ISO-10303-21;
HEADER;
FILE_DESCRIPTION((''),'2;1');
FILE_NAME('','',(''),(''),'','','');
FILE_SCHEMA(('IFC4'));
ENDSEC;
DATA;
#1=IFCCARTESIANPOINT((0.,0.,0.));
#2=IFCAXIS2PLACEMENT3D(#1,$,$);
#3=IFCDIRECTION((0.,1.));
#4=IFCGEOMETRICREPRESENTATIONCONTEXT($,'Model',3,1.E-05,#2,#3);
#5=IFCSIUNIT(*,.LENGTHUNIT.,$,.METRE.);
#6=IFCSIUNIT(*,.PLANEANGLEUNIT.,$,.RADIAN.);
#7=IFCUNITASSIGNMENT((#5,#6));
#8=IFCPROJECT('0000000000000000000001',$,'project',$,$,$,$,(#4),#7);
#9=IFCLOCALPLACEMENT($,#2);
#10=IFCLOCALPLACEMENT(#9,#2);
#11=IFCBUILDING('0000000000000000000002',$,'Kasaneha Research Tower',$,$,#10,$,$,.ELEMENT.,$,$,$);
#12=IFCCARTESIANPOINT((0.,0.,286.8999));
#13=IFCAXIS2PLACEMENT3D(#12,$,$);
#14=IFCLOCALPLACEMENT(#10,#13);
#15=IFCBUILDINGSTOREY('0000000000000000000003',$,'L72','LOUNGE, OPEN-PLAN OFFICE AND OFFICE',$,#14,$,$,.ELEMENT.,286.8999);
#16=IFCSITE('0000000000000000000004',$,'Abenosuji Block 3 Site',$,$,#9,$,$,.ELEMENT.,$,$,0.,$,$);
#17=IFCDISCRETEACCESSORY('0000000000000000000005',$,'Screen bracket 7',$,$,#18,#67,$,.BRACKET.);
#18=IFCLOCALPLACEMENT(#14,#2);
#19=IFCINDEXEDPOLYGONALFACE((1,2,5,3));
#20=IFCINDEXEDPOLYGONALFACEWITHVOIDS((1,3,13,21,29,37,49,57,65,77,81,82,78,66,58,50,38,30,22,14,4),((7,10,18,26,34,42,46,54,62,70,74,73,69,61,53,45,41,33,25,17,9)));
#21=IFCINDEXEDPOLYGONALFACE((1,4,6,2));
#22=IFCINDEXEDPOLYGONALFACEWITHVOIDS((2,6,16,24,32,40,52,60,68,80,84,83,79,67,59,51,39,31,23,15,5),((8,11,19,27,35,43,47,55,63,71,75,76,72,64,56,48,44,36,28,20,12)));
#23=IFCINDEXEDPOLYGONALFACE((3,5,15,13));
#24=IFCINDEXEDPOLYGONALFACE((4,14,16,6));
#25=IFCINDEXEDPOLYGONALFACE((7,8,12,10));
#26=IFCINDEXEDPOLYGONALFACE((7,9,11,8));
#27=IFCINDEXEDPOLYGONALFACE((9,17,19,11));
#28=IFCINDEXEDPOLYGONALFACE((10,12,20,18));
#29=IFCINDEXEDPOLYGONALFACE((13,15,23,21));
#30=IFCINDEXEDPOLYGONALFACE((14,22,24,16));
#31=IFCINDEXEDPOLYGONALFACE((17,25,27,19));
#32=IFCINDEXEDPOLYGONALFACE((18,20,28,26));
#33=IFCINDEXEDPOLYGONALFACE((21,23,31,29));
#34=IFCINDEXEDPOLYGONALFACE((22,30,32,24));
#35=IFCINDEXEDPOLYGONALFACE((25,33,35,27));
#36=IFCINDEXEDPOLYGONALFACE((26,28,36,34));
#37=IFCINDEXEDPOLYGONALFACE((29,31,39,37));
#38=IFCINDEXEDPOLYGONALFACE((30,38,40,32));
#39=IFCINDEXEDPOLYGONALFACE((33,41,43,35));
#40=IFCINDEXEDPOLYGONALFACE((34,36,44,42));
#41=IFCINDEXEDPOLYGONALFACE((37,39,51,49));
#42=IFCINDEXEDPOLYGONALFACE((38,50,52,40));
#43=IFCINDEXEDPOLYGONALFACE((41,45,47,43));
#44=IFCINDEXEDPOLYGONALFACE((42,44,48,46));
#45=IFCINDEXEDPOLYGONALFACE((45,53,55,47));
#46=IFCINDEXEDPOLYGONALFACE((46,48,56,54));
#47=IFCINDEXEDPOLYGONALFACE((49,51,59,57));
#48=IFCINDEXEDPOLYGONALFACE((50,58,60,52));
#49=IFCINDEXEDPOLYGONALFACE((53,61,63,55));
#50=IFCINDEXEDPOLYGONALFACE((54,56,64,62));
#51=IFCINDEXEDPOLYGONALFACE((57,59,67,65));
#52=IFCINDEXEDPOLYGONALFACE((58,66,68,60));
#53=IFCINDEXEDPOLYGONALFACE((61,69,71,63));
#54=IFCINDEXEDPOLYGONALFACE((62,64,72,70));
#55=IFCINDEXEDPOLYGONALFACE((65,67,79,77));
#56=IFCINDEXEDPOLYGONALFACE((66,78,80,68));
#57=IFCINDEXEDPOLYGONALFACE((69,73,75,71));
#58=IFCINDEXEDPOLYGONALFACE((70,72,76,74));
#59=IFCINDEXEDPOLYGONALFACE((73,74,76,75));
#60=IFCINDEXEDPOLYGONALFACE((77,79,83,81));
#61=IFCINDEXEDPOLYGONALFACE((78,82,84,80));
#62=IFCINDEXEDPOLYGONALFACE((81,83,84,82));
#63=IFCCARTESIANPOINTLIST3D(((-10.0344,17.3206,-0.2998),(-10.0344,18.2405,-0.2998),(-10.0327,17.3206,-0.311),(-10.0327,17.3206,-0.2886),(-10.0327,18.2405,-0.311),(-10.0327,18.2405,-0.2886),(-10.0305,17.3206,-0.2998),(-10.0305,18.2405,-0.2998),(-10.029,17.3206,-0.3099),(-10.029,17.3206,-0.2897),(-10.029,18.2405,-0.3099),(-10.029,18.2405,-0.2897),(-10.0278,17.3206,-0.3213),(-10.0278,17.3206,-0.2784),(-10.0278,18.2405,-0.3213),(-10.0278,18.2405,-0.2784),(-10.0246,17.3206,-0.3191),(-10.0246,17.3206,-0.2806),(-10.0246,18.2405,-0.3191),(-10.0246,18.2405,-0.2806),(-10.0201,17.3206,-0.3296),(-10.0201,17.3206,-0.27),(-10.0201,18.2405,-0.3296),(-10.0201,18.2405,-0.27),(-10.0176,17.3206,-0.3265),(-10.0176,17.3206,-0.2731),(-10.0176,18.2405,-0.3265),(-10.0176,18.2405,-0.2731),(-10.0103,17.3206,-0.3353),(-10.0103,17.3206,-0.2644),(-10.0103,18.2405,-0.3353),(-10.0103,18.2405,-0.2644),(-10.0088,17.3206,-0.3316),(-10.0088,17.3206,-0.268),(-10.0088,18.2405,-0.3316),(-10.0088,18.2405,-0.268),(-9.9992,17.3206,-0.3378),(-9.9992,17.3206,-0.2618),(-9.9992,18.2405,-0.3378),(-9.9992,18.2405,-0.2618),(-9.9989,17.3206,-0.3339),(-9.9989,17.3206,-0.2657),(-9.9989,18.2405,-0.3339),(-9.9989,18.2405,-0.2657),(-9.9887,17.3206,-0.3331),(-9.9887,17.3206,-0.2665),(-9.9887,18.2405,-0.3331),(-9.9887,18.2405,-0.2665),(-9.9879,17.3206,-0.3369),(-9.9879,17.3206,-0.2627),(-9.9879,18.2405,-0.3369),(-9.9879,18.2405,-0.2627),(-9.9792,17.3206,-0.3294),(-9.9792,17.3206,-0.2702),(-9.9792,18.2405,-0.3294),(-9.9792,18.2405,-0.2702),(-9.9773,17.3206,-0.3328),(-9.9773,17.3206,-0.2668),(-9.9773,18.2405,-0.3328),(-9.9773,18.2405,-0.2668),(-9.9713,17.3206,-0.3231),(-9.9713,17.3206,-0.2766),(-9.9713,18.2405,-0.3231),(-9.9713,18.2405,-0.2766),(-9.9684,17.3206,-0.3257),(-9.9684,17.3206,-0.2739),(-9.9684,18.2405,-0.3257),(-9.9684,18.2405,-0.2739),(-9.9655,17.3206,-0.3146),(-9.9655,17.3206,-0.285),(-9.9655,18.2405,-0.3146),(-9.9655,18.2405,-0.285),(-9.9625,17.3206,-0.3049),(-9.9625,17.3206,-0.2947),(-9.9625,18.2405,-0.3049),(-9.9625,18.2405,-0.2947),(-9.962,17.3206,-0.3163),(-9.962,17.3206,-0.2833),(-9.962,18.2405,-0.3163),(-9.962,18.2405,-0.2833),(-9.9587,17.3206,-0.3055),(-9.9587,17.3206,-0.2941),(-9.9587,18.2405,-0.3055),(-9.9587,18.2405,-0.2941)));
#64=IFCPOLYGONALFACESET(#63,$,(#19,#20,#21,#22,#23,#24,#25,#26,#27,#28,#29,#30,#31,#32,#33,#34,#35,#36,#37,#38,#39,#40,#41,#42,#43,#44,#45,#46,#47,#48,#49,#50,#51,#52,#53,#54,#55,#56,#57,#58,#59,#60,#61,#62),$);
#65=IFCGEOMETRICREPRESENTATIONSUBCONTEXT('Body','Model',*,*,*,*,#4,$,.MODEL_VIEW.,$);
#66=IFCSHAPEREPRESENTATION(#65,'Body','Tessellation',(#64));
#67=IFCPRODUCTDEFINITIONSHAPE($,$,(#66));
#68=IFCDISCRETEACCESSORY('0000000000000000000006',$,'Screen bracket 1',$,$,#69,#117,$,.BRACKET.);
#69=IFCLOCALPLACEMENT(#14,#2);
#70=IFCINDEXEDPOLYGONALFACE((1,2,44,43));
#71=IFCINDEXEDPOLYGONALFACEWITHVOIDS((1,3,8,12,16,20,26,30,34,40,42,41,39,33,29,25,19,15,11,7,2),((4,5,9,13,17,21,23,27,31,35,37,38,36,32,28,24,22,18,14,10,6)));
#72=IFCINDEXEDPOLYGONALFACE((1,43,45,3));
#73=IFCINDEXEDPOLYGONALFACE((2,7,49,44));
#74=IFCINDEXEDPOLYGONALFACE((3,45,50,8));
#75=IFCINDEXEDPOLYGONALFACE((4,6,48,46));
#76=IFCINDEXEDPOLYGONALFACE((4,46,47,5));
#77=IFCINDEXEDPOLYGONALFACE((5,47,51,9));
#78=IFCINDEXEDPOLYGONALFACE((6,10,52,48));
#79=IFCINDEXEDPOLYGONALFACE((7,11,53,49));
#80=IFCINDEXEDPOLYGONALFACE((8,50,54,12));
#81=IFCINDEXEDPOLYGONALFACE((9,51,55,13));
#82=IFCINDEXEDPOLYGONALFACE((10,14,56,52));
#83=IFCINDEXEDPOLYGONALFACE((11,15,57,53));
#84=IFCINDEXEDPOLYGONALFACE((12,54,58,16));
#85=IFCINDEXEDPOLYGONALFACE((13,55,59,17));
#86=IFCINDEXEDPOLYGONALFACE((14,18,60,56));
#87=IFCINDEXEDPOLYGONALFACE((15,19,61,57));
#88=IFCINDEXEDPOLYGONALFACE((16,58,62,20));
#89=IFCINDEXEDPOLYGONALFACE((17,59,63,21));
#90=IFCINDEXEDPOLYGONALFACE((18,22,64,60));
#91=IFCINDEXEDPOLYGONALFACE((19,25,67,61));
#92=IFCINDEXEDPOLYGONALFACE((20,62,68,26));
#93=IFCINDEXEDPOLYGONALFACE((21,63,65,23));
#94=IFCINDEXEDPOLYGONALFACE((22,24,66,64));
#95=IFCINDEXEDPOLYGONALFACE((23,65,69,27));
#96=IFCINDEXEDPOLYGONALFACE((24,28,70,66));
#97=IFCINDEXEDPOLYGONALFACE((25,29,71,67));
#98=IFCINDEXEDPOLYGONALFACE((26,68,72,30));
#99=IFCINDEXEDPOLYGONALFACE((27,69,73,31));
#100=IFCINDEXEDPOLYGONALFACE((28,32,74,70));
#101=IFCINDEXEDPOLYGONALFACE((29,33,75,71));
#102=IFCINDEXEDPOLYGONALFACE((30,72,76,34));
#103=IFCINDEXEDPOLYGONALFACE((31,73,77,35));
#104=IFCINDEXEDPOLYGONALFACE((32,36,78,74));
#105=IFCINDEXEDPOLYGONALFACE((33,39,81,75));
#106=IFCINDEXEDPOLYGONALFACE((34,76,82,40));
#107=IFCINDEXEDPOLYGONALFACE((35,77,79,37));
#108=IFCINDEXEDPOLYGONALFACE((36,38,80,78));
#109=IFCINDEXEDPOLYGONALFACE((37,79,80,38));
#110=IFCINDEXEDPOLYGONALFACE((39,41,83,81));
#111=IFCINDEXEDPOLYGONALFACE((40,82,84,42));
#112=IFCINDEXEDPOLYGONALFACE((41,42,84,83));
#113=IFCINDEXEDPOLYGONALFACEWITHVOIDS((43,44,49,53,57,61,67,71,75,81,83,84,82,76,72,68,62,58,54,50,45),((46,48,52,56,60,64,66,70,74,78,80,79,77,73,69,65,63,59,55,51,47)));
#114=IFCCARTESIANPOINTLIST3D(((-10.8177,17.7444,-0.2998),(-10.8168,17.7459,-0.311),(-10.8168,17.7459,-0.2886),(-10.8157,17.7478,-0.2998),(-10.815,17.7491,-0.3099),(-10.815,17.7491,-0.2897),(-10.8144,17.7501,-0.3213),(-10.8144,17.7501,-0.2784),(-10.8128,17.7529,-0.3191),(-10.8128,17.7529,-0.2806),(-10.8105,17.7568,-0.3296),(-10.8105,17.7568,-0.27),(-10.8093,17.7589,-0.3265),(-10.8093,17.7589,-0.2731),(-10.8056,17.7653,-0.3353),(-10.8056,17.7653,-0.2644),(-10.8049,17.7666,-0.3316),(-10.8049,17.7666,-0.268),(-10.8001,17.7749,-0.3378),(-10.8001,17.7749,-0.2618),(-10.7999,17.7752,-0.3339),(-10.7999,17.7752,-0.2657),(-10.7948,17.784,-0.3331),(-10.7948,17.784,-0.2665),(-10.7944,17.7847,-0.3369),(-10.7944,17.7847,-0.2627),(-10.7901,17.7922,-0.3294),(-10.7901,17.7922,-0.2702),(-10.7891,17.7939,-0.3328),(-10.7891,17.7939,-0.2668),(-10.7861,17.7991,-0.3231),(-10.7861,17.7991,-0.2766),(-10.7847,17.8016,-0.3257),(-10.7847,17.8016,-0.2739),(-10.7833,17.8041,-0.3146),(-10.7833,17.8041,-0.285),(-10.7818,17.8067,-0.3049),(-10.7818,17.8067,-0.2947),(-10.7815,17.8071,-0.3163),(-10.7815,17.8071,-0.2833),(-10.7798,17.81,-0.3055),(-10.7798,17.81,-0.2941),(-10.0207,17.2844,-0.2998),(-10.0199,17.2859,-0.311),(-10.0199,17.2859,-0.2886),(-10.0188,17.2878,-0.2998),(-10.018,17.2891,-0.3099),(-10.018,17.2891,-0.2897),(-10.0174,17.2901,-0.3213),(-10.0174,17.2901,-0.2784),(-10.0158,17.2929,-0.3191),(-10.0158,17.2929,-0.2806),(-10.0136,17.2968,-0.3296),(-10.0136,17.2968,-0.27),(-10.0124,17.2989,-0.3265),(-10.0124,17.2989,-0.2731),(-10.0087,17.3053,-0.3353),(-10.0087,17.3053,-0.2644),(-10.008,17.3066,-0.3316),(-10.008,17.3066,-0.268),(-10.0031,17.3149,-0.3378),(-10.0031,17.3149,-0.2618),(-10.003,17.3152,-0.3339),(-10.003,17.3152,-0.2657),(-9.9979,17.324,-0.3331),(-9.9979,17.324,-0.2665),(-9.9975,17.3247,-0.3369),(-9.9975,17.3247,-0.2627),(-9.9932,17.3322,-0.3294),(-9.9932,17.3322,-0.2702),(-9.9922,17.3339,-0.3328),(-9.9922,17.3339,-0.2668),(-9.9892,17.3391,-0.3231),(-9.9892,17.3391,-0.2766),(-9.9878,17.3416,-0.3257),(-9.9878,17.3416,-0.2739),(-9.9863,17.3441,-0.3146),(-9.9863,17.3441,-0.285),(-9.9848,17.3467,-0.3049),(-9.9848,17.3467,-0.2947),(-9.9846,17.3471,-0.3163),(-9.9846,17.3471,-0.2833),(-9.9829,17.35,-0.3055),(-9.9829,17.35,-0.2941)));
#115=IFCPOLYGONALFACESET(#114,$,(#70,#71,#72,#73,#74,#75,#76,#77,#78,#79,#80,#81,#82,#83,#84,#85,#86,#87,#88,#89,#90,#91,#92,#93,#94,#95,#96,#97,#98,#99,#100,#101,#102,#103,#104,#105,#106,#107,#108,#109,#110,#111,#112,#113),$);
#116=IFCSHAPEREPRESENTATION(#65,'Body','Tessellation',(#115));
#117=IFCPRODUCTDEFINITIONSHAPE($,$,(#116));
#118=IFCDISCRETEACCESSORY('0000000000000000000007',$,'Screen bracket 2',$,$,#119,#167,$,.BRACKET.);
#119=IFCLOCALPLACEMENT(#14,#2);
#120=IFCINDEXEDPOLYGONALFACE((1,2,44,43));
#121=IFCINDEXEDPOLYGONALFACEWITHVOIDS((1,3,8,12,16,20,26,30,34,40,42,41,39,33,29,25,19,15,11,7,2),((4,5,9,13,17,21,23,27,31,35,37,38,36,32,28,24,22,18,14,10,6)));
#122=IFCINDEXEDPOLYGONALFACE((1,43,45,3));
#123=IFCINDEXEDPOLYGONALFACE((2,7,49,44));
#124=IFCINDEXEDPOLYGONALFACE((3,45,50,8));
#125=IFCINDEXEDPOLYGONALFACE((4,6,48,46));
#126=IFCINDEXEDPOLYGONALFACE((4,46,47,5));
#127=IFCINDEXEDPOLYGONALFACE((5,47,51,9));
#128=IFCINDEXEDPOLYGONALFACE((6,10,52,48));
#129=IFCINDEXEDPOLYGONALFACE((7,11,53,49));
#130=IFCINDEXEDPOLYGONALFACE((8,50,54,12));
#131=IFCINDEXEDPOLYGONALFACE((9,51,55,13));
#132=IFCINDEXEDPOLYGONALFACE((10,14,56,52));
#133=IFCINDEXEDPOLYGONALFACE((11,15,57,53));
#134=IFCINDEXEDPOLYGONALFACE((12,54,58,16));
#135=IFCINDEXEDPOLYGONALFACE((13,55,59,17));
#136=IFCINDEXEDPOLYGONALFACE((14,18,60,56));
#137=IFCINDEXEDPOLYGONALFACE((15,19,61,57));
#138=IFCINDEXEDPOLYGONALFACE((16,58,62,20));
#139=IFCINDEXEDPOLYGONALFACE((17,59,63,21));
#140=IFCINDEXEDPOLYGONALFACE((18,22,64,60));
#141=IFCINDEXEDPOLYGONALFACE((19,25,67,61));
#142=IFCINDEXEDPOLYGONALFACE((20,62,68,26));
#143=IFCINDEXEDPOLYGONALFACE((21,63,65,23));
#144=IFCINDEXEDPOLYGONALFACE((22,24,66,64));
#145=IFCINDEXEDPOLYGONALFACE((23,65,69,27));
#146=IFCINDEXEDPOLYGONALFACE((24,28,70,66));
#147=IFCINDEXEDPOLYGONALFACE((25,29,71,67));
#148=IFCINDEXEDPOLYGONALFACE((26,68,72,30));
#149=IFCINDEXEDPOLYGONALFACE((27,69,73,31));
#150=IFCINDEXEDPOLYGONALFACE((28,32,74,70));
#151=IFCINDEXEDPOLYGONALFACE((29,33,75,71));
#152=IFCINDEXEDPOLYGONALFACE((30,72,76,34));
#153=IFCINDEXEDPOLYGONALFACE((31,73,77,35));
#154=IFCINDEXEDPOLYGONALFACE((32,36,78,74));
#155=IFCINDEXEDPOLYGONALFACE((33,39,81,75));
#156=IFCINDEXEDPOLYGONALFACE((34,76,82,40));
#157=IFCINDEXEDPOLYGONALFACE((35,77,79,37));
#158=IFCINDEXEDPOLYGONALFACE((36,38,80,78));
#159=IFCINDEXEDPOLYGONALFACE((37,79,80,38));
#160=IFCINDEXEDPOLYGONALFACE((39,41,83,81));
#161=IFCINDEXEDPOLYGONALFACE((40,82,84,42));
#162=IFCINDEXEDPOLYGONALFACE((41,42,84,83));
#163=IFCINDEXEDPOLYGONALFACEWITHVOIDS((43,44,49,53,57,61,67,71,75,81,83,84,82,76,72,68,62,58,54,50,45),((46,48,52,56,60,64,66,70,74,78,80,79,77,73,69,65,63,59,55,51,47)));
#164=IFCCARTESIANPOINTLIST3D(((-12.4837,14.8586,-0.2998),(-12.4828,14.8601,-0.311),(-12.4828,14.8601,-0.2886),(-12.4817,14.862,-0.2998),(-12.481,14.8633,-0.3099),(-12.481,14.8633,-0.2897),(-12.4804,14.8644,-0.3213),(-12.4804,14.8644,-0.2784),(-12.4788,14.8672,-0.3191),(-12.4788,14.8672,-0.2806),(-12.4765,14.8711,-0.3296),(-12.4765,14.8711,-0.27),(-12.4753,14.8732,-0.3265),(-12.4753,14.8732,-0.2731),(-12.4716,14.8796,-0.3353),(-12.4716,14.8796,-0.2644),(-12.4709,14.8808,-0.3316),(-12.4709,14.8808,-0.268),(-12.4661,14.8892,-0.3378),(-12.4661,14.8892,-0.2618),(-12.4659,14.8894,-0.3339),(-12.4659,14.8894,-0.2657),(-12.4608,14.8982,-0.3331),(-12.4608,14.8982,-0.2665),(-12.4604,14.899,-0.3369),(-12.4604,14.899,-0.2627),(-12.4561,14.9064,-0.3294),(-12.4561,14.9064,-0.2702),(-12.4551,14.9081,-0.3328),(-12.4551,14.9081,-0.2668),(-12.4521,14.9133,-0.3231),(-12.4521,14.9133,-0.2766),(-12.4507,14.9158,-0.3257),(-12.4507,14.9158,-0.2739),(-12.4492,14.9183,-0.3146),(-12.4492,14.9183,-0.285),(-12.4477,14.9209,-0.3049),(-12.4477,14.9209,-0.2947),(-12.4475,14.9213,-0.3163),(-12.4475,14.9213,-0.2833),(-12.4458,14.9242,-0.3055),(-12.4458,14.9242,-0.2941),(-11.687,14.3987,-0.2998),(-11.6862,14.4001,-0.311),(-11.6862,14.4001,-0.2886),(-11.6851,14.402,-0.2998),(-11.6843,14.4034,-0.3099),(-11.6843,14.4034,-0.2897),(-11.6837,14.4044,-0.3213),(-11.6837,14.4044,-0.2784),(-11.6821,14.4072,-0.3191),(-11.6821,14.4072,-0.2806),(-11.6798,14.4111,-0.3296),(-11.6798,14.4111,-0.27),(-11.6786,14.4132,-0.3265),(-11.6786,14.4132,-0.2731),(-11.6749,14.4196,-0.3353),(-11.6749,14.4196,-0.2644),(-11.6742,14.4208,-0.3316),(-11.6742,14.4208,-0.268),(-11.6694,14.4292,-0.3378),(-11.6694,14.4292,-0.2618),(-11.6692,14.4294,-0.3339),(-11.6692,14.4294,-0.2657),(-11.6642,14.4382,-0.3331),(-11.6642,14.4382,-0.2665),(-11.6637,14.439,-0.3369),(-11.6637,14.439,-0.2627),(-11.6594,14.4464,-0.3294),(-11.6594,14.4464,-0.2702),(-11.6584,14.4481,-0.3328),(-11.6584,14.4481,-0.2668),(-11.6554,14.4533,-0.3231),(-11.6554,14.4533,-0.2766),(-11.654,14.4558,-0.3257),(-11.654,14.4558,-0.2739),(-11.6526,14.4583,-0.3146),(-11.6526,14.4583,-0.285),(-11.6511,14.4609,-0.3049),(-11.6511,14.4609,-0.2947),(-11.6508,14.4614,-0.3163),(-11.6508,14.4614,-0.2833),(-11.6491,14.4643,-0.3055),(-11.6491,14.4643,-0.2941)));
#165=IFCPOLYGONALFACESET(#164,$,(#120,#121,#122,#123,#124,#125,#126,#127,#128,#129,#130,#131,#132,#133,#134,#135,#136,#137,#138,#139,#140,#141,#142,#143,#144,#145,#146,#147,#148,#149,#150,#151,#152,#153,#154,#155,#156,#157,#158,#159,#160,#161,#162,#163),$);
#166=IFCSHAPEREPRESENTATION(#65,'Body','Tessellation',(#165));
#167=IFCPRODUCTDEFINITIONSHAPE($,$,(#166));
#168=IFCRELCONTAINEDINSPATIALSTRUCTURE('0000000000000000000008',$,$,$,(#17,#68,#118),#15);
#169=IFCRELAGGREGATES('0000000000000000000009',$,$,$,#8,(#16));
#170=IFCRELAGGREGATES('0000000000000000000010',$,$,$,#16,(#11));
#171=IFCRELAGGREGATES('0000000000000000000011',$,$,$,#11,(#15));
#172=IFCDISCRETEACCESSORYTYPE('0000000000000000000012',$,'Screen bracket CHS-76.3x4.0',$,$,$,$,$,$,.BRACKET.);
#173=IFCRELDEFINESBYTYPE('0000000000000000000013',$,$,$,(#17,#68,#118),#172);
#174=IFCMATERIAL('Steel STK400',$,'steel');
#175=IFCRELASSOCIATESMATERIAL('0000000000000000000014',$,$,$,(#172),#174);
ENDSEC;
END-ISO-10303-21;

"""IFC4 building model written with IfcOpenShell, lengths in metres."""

from ifc_helpers import new_model, si_unit, direction, frame, origin, origin_2d, place, context, subcontext, project, spatial, hollow_circle, extrude, material, material_profile, profile_set, type_object, element, save


model = new_model("IFC4")

# Units and contexts
model_context = context("Model", 3, precision=1e-05, world=origin(), true_north=direction((0.0, 1.0)))
body_context = subcontext(model_context, "Body", "Model", "MODEL_VIEW")
ifc_project = project(units=[si_unit("LENGTHUNIT", "METRE"), si_unit("PLANEANGLEUNIT", "RADIAN")], contexts=[model_context])

# Site, building, storey
site_placement = place(None, origin())
site = spatial("IfcSite", under=ifc_project, at=site_placement, Name="Abenosuji Block 3 Site", CompositionType="ELEMENT", RefElevation=0.0)
building_placement = place(site_placement, origin())
building = spatial("IfcBuilding", under=site, at=building_placement, Name="Kasaneha Research Tower", CompositionType="ELEMENT")
storey_placement = place(building_placement, frame((0.0, 0.0, 286.8999)))
storey = spatial("IfcBuildingStorey", under=building, at=storey_placement, Name="L72", Description="LOUNGE, OPEN-PLAN OFFICE AND OFFICE", CompositionType="ELEMENT", Elevation=286.8999)

# Discrete accessories
ifc_material_1 = material(Name="Steel STK400", Category="steel")
ifc_material_profile_1 = material_profile(ifc_material_1, hollow_circle(Radius=0.0381, WallThickness=0.0039, at=origin_2d()), Name="CHS-76.3x4.0")
ifc_profile_set_1 = profile_set([ifc_material_profile_1], Name="Steel STK400")
discrete_accessory_type = type_object("IfcDiscreteAccessoryType", Name="Screen bracket CHS-76.3x4.0", PredefinedType="BRACKET", material=ifc_profile_set_1)
discrete_accessory_1_placement = place(storey_placement, frame((-9.9963, 17.3206, -0.2998), z_axis=(0.0, 1.0, 0.0), x_axis=(-1.0, 0.0, 0.0)))
element("IfcDiscreteAccessory", 1, at=discrete_accessory_1_placement, inside=storey, type_object=discrete_accessory_type, Name="Screen bracket 7", PredefinedType="BRACKET", context=body_context, shape_type="SweptSolid", body=[
    extrude(hollow_circle(Radius=0.0381, WallThickness=0.0039, at=origin_2d()), origin(), (0.0, 0.0, 1.0), 0.9199),
])
discrete_accessory_2_placement = place(storey_placement, frame((-10.0017, 17.3174, -0.2998), z_axis=(-0.86608, 0.499906, 0.0), x_axis=(-0.499906, -0.86608, 0.0)))
element("IfcDiscreteAccessory", 2, at=discrete_accessory_2_placement, inside=storey, type_object=discrete_accessory_type, Name="Screen bracket 1", PredefinedType="BRACKET", context=body_context, shape_type="SweptSolid", body=[
    extrude(hollow_circle(Radius=0.0381, WallThickness=0.0039, at=origin_2d()), origin(), (0.0, 0.0, 1.0), 0.9202),
])
for number, where, z_axis, x_axis, name in (
    (3, (-11.668, 14.4316, -0.2998), (-0.866013, 0.500021, 0.0), (-0.500021, -0.866013, 0.0), "Screen bracket 2"),
):
    element("IfcDiscreteAccessory", number, at=place(storey_placement, frame(where, z_axis=z_axis, x_axis=x_axis)), inside=storey, type_object=discrete_accessory_type, Name=name, PredefinedType="BRACKET", context=body_context, shape_type="SweptSolid", body=[
        extrude(hollow_circle(Radius=0.0381, WallThickness=0.0039, at=origin_2d()), origin(), (0.0, 0.0, 1.0), 0.9199),
    ])

save(model, "model.ifc")
